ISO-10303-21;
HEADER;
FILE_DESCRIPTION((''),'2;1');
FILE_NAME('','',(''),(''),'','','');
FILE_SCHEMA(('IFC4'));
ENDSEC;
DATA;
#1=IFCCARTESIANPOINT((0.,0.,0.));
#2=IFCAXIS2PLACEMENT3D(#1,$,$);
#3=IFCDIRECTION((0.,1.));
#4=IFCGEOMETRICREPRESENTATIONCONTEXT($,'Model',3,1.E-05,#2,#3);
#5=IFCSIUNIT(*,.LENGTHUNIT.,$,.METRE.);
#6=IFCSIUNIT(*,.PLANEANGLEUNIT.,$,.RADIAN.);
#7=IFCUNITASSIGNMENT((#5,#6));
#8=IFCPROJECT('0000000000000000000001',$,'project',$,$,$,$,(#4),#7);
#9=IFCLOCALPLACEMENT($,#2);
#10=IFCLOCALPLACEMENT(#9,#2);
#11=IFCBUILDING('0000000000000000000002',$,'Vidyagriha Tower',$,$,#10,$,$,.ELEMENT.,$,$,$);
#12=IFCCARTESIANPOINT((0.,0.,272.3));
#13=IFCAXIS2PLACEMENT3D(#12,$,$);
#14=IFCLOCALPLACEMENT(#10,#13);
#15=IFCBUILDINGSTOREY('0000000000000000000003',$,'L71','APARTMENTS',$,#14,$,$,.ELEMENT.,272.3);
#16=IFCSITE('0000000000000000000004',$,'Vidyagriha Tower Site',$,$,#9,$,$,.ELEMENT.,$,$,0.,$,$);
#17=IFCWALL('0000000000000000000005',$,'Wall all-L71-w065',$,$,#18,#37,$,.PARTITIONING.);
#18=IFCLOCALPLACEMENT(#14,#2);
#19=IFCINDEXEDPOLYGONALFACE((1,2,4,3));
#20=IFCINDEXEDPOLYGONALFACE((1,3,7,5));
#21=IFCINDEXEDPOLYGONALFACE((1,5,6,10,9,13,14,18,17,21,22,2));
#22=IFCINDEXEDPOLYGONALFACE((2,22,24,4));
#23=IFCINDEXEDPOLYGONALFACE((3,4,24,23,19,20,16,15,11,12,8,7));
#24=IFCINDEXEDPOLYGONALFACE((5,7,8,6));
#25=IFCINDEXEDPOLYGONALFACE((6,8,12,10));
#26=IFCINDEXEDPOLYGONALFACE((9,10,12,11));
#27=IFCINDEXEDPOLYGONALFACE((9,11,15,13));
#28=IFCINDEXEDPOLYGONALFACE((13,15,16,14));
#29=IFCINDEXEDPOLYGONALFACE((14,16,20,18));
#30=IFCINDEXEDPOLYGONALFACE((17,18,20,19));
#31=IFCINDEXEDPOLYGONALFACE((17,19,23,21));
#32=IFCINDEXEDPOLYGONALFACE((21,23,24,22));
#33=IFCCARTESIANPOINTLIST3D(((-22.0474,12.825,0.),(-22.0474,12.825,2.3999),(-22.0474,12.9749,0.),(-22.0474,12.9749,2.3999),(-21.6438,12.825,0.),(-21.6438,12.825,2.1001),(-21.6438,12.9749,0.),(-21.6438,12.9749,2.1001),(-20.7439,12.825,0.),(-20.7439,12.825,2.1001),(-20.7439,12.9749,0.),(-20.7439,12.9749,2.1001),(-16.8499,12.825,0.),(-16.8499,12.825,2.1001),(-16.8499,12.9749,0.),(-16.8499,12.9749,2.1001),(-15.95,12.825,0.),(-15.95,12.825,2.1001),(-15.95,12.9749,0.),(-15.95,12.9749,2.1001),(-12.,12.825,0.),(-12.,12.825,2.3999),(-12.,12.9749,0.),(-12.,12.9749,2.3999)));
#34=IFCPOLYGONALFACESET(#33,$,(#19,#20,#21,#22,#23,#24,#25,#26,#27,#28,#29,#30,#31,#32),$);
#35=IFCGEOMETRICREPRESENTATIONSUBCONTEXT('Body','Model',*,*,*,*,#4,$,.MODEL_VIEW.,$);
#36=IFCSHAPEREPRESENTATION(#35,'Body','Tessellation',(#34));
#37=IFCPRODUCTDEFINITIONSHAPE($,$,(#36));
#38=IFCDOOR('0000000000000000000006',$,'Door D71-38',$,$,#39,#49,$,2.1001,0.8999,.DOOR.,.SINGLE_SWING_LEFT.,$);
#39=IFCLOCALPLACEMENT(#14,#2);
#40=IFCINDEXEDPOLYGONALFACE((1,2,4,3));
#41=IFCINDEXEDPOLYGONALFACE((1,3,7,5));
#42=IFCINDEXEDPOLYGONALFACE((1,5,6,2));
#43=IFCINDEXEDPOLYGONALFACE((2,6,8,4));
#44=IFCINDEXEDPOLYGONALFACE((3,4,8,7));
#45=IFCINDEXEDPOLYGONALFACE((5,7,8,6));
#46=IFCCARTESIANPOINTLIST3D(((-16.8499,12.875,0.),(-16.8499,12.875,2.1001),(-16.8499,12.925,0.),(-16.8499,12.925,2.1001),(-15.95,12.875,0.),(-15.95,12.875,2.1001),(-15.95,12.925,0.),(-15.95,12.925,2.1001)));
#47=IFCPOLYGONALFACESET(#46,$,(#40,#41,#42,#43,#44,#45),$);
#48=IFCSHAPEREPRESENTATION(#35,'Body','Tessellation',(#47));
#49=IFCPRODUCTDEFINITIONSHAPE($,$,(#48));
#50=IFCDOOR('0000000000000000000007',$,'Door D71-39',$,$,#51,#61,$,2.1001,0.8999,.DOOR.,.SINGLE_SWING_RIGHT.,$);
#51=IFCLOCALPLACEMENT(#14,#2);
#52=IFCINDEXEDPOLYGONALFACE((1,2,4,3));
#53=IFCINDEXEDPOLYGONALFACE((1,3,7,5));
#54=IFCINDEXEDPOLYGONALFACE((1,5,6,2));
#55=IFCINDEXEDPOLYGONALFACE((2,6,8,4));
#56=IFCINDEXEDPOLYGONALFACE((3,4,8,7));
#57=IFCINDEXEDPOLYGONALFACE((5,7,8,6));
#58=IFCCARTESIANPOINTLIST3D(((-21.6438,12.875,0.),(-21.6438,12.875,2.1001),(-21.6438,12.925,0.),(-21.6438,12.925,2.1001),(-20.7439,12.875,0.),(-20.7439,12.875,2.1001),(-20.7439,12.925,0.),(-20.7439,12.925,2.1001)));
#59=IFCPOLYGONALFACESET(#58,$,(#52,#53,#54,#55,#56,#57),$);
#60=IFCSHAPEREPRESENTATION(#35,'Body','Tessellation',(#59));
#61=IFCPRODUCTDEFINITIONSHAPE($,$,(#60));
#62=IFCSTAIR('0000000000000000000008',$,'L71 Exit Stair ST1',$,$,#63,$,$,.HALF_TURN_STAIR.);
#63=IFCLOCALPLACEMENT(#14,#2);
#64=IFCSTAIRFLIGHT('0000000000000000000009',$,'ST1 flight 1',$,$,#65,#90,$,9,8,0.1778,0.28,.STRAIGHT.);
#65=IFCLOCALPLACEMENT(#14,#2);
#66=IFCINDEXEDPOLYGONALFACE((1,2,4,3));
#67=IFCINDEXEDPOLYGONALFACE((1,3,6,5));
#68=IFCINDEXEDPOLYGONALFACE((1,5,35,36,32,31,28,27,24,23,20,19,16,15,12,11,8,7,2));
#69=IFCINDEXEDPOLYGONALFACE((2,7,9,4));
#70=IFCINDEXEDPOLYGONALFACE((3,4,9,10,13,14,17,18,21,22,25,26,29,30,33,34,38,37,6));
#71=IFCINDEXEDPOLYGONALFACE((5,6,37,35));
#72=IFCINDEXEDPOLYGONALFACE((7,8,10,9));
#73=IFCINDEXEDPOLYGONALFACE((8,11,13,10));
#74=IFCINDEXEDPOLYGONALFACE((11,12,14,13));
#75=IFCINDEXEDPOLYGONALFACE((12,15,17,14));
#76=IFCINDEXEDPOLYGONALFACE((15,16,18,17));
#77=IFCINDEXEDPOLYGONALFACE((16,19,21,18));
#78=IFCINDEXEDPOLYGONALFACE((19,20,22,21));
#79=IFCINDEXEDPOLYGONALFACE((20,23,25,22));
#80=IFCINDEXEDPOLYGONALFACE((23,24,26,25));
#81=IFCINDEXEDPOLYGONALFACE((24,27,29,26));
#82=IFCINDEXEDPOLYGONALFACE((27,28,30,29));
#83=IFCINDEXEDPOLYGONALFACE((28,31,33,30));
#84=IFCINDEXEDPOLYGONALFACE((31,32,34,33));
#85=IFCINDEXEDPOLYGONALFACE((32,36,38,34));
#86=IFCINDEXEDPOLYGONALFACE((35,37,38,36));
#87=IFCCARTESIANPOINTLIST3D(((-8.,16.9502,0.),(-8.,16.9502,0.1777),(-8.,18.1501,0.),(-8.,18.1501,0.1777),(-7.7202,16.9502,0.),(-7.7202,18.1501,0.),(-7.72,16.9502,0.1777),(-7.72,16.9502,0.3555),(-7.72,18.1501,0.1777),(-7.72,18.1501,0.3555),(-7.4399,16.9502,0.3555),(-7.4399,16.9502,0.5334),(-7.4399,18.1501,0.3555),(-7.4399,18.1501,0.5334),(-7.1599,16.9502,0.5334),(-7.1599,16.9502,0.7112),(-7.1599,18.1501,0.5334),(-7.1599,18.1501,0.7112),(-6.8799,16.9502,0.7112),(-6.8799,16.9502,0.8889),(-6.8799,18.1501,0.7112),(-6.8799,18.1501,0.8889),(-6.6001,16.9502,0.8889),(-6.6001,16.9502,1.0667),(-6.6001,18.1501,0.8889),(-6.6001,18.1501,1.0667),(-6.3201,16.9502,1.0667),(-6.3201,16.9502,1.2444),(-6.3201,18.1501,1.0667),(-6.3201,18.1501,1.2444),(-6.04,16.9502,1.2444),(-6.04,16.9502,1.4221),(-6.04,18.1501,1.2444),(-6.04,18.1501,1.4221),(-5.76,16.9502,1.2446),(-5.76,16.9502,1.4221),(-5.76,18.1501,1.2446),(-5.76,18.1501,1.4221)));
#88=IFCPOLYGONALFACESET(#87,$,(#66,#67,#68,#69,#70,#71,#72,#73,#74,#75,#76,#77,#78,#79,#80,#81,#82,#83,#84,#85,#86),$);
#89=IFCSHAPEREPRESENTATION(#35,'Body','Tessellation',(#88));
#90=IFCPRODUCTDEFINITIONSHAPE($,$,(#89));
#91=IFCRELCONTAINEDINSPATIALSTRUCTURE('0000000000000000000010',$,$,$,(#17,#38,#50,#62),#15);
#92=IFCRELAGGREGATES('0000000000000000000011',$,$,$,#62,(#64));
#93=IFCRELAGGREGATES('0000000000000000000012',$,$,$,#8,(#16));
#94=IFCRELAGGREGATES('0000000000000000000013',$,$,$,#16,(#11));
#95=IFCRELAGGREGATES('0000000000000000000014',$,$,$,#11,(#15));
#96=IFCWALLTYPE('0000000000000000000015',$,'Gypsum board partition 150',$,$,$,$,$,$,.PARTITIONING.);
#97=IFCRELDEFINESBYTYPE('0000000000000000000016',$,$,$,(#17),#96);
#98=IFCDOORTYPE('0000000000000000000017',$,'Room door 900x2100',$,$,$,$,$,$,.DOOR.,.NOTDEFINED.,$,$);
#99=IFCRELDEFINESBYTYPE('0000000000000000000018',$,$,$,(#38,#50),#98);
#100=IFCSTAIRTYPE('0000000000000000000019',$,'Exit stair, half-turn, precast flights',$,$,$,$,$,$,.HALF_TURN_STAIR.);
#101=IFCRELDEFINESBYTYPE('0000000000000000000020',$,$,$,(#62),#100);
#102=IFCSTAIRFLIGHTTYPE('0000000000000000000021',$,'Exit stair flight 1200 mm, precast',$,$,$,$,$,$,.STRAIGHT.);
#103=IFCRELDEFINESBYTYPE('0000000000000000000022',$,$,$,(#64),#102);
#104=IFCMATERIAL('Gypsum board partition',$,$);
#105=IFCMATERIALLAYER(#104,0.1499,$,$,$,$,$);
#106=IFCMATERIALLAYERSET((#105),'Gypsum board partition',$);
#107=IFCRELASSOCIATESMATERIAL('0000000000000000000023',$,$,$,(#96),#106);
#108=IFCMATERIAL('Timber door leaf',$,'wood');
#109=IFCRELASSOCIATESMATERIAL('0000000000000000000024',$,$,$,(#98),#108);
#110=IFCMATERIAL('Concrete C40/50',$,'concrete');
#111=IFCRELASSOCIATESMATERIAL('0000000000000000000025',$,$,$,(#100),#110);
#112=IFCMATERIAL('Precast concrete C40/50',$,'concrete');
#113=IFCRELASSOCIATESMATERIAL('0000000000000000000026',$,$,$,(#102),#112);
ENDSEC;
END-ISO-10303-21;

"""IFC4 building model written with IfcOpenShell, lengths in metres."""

from ifc_helpers import new_model, si_unit, direction, frame, frame_2d, origin, place, context, subcontext, project, spatial, polyline, rectangle, outline, extrude, material, layer, layer_set, type_object, element, fill, aggregate, save


model = new_model("IFC4")

# Units and contexts
model_context = context("Model", 3, precision=1e-05, world=origin(), true_north=direction((0.0, 1.0)))
body_context = subcontext(model_context, "Body", "Model", "MODEL_VIEW")
ifc_project = project(units=[si_unit("LENGTHUNIT", "METRE"), si_unit("PLANEANGLEUNIT", "RADIAN")], contexts=[model_context])

# Site, building, storey
site_placement = place(None, origin())
site = spatial("IfcSite", under=ifc_project, at=site_placement, Name="Vidyagriha Tower Site", CompositionType="ELEMENT", RefElevation=0.0)
building_placement = place(site_placement, origin())
building = spatial("IfcBuilding", under=site, at=building_placement, Name="Vidyagriha Tower", CompositionType="ELEMENT")
storey_placement = place(building_placement, frame((0.0, 0.0, 272.3)))
storey = spatial("IfcBuildingStorey", under=building, at=storey_placement, Name="L71", Description="APARTMENTS", CompositionType="ELEMENT", Elevation=272.3)

# Wall, openings, doors
ifc_material_1 = material(Name="Gypsum board partition")
ifc_layer_1 = layer(ifc_material_1, 0.1499)
ifc_layer_set_1 = layer_set([ifc_layer_1], Name="Gypsum board partition")
wall_type_1 = type_object("IfcWallType", Name="Gypsum board partition 150", PredefinedType="PARTITIONING", material=ifc_layer_set_1)
wall_1_placement = place(storey_placement, frame((-12.0, 12.8999, 0.0), z_axis=(0.0, 0.0, 1.0), x_axis=(-1.0, 0.0, 0.0)))
wall_1 = element("IfcWall", 1, at=wall_1_placement, inside=storey, type_object=wall_type_1, Name="Wall all-L71-w065", PredefinedType="PARTITIONING", context=body_context, shape_type="SweptSolid", body=[
    extrude(rectangle(XDim=10.0474, YDim=0.1499, at=frame_2d((5.0237, 0.0))), origin(), (0.0, 0.0, 1.0), 2.3999),
])
opening_1_placement = place(wall_1_placement, frame((3.95, 0.0, 0.0)))
opening_1 = element("IfcOpeningElement", 2, at=opening_1_placement, cuts=wall_1, PredefinedType="OPENING", context=body_context, shape_type="SweptSolid", body=[
    extrude(rectangle(XDim=0.8999, YDim=2.1001, at=frame_2d((0.45, 1.05))), frame((0.0, 0.085, 0.0), z_axis=(0.0, -1.0, 0.0), x_axis=(1.0, 0.0, 0.0)), (0.0, 0.0, 1.0), 0.1699),
])
opening_2_placement = place(wall_1_placement, frame((8.7439, 0.0, 0.0)))
opening_2 = element("IfcOpeningElement", 3, at=opening_2_placement, cuts=wall_1, PredefinedType="OPENING", context=body_context, shape_type="SweptSolid", body=[
    extrude(rectangle(XDim=0.8999, YDim=2.1001, at=frame_2d((0.45, 1.05))), frame((0.0, 0.085, 0.0), z_axis=(0.0, -1.0, 0.0), x_axis=(1.0, 0.0, 0.0)), (0.0, 0.0, 1.0), 0.1699),
])
ifc_material_2 = material(Name="Timber door leaf", Category="wood")
door_type_1 = type_object("IfcDoorType", Name="Room door 900x2100", OperationType="NOTDEFINED", PredefinedType="DOOR", material=ifc_material_2)
door_1_placement = place(opening_1_placement, origin())
door_1 = element("IfcDoor", 4, at=door_1_placement, inside=storey, type_object=door_type_1, Name="Door D71-38", OperationType="SINGLE_SWING_LEFT", OverallHeight=2.1001, OverallWidth=0.8999, PredefinedType="DOOR", context=body_context, shape_type="SweptSolid", body=[
    extrude(rectangle(XDim=0.8999, YDim=2.1001, at=frame_2d((0.45, 1.05))), frame((0.0, 0.0249, 0.0), z_axis=(0.0, -1.0, 0.0), x_axis=(1.0, 0.0, 0.0)), (0.0, 0.0, 1.0), 0.05),
])
fill(opening_1, door_1)
door_2_placement = place(opening_2_placement, origin())
door_2 = element("IfcDoor", 5, at=door_2_placement, inside=storey, type_object=door_type_1, Name="Door D71-39", OperationType="SINGLE_SWING_RIGHT", OverallHeight=2.1001, OverallWidth=0.8999, PredefinedType="DOOR", context=body_context, shape_type="SweptSolid", body=[
    extrude(rectangle(XDim=0.8999, YDim=2.1001, at=frame_2d((0.45, 1.05))), frame((0.0, 0.0249, 0.0), z_axis=(0.0, -1.0, 0.0), x_axis=(1.0, 0.0, 0.0)), (0.0, 0.0, 1.0), 0.05),
])
fill(opening_2, door_2)

# Stair, stair flight
ifc_material_3 = material(Name="Concrete C40/50", Category="concrete")
stair_type = type_object("IfcStairType", Name="Exit stair, half-turn, precast flights", PredefinedType="HALF_TURN_STAIR", material=ifc_material_3)
stair_placement = place(storey_placement, origin())
stair = element("IfcStair", 6, at=stair_placement, inside=storey, type_object=stair_type, Name="L71 Exit Stair ST1", PredefinedType="HALF_TURN_STAIR")
ifc_material_4 = material(Name="Precast concrete C40/50", Category="concrete")
stair_flight_type = type_object("IfcStairFlightType", Name="Exit stair flight 1200 mm, precast", PredefinedType="STRAIGHT", material=ifc_material_4)
stair_flight_placement = place(storey_placement, frame((-8.0, 17.55, 0.0)))
stair_flight = element("IfcStairFlight", 7, at=stair_flight_placement, type_object=stair_flight_type, Name="ST1 flight 1", NumberOfRisers=9, NumberOfTreads=8, PredefinedType="STRAIGHT", RiserHeight=0.1778, TreadLength=0.28, context=body_context, shape_type="SweptSolid", body=[
    extrude(outline(polyline([(0.0, 0.0), (0.0, 0.1777), (0.28, 0.1777), (0.28, 0.3555), (0.5601, 0.3555), (0.5601, 0.5334), (0.8401, 0.5334), (0.8401, 0.7112), (1.1201, 0.7112), (1.1201, 0.8889), (1.3999, 0.8889), (1.3999, 1.0667), (1.6799, 1.0667), (1.6799, 1.2444), (1.96, 1.2444), (1.96, 1.4221), (2.24, 1.4221), (2.24, 1.6001), (2.24, 1.2446), (0.2798, 0.0), (0.0, 0.0)])), frame((0.0, 0.6001, 0.0), z_axis=(0.0, -1.0, 0.0), x_axis=(1.0, 0.0, 0.0)), (0.0, 0.0, 1.0), 1.2),
])
aggregate(stair, [stair_flight])

save(model, "model.ifc")
